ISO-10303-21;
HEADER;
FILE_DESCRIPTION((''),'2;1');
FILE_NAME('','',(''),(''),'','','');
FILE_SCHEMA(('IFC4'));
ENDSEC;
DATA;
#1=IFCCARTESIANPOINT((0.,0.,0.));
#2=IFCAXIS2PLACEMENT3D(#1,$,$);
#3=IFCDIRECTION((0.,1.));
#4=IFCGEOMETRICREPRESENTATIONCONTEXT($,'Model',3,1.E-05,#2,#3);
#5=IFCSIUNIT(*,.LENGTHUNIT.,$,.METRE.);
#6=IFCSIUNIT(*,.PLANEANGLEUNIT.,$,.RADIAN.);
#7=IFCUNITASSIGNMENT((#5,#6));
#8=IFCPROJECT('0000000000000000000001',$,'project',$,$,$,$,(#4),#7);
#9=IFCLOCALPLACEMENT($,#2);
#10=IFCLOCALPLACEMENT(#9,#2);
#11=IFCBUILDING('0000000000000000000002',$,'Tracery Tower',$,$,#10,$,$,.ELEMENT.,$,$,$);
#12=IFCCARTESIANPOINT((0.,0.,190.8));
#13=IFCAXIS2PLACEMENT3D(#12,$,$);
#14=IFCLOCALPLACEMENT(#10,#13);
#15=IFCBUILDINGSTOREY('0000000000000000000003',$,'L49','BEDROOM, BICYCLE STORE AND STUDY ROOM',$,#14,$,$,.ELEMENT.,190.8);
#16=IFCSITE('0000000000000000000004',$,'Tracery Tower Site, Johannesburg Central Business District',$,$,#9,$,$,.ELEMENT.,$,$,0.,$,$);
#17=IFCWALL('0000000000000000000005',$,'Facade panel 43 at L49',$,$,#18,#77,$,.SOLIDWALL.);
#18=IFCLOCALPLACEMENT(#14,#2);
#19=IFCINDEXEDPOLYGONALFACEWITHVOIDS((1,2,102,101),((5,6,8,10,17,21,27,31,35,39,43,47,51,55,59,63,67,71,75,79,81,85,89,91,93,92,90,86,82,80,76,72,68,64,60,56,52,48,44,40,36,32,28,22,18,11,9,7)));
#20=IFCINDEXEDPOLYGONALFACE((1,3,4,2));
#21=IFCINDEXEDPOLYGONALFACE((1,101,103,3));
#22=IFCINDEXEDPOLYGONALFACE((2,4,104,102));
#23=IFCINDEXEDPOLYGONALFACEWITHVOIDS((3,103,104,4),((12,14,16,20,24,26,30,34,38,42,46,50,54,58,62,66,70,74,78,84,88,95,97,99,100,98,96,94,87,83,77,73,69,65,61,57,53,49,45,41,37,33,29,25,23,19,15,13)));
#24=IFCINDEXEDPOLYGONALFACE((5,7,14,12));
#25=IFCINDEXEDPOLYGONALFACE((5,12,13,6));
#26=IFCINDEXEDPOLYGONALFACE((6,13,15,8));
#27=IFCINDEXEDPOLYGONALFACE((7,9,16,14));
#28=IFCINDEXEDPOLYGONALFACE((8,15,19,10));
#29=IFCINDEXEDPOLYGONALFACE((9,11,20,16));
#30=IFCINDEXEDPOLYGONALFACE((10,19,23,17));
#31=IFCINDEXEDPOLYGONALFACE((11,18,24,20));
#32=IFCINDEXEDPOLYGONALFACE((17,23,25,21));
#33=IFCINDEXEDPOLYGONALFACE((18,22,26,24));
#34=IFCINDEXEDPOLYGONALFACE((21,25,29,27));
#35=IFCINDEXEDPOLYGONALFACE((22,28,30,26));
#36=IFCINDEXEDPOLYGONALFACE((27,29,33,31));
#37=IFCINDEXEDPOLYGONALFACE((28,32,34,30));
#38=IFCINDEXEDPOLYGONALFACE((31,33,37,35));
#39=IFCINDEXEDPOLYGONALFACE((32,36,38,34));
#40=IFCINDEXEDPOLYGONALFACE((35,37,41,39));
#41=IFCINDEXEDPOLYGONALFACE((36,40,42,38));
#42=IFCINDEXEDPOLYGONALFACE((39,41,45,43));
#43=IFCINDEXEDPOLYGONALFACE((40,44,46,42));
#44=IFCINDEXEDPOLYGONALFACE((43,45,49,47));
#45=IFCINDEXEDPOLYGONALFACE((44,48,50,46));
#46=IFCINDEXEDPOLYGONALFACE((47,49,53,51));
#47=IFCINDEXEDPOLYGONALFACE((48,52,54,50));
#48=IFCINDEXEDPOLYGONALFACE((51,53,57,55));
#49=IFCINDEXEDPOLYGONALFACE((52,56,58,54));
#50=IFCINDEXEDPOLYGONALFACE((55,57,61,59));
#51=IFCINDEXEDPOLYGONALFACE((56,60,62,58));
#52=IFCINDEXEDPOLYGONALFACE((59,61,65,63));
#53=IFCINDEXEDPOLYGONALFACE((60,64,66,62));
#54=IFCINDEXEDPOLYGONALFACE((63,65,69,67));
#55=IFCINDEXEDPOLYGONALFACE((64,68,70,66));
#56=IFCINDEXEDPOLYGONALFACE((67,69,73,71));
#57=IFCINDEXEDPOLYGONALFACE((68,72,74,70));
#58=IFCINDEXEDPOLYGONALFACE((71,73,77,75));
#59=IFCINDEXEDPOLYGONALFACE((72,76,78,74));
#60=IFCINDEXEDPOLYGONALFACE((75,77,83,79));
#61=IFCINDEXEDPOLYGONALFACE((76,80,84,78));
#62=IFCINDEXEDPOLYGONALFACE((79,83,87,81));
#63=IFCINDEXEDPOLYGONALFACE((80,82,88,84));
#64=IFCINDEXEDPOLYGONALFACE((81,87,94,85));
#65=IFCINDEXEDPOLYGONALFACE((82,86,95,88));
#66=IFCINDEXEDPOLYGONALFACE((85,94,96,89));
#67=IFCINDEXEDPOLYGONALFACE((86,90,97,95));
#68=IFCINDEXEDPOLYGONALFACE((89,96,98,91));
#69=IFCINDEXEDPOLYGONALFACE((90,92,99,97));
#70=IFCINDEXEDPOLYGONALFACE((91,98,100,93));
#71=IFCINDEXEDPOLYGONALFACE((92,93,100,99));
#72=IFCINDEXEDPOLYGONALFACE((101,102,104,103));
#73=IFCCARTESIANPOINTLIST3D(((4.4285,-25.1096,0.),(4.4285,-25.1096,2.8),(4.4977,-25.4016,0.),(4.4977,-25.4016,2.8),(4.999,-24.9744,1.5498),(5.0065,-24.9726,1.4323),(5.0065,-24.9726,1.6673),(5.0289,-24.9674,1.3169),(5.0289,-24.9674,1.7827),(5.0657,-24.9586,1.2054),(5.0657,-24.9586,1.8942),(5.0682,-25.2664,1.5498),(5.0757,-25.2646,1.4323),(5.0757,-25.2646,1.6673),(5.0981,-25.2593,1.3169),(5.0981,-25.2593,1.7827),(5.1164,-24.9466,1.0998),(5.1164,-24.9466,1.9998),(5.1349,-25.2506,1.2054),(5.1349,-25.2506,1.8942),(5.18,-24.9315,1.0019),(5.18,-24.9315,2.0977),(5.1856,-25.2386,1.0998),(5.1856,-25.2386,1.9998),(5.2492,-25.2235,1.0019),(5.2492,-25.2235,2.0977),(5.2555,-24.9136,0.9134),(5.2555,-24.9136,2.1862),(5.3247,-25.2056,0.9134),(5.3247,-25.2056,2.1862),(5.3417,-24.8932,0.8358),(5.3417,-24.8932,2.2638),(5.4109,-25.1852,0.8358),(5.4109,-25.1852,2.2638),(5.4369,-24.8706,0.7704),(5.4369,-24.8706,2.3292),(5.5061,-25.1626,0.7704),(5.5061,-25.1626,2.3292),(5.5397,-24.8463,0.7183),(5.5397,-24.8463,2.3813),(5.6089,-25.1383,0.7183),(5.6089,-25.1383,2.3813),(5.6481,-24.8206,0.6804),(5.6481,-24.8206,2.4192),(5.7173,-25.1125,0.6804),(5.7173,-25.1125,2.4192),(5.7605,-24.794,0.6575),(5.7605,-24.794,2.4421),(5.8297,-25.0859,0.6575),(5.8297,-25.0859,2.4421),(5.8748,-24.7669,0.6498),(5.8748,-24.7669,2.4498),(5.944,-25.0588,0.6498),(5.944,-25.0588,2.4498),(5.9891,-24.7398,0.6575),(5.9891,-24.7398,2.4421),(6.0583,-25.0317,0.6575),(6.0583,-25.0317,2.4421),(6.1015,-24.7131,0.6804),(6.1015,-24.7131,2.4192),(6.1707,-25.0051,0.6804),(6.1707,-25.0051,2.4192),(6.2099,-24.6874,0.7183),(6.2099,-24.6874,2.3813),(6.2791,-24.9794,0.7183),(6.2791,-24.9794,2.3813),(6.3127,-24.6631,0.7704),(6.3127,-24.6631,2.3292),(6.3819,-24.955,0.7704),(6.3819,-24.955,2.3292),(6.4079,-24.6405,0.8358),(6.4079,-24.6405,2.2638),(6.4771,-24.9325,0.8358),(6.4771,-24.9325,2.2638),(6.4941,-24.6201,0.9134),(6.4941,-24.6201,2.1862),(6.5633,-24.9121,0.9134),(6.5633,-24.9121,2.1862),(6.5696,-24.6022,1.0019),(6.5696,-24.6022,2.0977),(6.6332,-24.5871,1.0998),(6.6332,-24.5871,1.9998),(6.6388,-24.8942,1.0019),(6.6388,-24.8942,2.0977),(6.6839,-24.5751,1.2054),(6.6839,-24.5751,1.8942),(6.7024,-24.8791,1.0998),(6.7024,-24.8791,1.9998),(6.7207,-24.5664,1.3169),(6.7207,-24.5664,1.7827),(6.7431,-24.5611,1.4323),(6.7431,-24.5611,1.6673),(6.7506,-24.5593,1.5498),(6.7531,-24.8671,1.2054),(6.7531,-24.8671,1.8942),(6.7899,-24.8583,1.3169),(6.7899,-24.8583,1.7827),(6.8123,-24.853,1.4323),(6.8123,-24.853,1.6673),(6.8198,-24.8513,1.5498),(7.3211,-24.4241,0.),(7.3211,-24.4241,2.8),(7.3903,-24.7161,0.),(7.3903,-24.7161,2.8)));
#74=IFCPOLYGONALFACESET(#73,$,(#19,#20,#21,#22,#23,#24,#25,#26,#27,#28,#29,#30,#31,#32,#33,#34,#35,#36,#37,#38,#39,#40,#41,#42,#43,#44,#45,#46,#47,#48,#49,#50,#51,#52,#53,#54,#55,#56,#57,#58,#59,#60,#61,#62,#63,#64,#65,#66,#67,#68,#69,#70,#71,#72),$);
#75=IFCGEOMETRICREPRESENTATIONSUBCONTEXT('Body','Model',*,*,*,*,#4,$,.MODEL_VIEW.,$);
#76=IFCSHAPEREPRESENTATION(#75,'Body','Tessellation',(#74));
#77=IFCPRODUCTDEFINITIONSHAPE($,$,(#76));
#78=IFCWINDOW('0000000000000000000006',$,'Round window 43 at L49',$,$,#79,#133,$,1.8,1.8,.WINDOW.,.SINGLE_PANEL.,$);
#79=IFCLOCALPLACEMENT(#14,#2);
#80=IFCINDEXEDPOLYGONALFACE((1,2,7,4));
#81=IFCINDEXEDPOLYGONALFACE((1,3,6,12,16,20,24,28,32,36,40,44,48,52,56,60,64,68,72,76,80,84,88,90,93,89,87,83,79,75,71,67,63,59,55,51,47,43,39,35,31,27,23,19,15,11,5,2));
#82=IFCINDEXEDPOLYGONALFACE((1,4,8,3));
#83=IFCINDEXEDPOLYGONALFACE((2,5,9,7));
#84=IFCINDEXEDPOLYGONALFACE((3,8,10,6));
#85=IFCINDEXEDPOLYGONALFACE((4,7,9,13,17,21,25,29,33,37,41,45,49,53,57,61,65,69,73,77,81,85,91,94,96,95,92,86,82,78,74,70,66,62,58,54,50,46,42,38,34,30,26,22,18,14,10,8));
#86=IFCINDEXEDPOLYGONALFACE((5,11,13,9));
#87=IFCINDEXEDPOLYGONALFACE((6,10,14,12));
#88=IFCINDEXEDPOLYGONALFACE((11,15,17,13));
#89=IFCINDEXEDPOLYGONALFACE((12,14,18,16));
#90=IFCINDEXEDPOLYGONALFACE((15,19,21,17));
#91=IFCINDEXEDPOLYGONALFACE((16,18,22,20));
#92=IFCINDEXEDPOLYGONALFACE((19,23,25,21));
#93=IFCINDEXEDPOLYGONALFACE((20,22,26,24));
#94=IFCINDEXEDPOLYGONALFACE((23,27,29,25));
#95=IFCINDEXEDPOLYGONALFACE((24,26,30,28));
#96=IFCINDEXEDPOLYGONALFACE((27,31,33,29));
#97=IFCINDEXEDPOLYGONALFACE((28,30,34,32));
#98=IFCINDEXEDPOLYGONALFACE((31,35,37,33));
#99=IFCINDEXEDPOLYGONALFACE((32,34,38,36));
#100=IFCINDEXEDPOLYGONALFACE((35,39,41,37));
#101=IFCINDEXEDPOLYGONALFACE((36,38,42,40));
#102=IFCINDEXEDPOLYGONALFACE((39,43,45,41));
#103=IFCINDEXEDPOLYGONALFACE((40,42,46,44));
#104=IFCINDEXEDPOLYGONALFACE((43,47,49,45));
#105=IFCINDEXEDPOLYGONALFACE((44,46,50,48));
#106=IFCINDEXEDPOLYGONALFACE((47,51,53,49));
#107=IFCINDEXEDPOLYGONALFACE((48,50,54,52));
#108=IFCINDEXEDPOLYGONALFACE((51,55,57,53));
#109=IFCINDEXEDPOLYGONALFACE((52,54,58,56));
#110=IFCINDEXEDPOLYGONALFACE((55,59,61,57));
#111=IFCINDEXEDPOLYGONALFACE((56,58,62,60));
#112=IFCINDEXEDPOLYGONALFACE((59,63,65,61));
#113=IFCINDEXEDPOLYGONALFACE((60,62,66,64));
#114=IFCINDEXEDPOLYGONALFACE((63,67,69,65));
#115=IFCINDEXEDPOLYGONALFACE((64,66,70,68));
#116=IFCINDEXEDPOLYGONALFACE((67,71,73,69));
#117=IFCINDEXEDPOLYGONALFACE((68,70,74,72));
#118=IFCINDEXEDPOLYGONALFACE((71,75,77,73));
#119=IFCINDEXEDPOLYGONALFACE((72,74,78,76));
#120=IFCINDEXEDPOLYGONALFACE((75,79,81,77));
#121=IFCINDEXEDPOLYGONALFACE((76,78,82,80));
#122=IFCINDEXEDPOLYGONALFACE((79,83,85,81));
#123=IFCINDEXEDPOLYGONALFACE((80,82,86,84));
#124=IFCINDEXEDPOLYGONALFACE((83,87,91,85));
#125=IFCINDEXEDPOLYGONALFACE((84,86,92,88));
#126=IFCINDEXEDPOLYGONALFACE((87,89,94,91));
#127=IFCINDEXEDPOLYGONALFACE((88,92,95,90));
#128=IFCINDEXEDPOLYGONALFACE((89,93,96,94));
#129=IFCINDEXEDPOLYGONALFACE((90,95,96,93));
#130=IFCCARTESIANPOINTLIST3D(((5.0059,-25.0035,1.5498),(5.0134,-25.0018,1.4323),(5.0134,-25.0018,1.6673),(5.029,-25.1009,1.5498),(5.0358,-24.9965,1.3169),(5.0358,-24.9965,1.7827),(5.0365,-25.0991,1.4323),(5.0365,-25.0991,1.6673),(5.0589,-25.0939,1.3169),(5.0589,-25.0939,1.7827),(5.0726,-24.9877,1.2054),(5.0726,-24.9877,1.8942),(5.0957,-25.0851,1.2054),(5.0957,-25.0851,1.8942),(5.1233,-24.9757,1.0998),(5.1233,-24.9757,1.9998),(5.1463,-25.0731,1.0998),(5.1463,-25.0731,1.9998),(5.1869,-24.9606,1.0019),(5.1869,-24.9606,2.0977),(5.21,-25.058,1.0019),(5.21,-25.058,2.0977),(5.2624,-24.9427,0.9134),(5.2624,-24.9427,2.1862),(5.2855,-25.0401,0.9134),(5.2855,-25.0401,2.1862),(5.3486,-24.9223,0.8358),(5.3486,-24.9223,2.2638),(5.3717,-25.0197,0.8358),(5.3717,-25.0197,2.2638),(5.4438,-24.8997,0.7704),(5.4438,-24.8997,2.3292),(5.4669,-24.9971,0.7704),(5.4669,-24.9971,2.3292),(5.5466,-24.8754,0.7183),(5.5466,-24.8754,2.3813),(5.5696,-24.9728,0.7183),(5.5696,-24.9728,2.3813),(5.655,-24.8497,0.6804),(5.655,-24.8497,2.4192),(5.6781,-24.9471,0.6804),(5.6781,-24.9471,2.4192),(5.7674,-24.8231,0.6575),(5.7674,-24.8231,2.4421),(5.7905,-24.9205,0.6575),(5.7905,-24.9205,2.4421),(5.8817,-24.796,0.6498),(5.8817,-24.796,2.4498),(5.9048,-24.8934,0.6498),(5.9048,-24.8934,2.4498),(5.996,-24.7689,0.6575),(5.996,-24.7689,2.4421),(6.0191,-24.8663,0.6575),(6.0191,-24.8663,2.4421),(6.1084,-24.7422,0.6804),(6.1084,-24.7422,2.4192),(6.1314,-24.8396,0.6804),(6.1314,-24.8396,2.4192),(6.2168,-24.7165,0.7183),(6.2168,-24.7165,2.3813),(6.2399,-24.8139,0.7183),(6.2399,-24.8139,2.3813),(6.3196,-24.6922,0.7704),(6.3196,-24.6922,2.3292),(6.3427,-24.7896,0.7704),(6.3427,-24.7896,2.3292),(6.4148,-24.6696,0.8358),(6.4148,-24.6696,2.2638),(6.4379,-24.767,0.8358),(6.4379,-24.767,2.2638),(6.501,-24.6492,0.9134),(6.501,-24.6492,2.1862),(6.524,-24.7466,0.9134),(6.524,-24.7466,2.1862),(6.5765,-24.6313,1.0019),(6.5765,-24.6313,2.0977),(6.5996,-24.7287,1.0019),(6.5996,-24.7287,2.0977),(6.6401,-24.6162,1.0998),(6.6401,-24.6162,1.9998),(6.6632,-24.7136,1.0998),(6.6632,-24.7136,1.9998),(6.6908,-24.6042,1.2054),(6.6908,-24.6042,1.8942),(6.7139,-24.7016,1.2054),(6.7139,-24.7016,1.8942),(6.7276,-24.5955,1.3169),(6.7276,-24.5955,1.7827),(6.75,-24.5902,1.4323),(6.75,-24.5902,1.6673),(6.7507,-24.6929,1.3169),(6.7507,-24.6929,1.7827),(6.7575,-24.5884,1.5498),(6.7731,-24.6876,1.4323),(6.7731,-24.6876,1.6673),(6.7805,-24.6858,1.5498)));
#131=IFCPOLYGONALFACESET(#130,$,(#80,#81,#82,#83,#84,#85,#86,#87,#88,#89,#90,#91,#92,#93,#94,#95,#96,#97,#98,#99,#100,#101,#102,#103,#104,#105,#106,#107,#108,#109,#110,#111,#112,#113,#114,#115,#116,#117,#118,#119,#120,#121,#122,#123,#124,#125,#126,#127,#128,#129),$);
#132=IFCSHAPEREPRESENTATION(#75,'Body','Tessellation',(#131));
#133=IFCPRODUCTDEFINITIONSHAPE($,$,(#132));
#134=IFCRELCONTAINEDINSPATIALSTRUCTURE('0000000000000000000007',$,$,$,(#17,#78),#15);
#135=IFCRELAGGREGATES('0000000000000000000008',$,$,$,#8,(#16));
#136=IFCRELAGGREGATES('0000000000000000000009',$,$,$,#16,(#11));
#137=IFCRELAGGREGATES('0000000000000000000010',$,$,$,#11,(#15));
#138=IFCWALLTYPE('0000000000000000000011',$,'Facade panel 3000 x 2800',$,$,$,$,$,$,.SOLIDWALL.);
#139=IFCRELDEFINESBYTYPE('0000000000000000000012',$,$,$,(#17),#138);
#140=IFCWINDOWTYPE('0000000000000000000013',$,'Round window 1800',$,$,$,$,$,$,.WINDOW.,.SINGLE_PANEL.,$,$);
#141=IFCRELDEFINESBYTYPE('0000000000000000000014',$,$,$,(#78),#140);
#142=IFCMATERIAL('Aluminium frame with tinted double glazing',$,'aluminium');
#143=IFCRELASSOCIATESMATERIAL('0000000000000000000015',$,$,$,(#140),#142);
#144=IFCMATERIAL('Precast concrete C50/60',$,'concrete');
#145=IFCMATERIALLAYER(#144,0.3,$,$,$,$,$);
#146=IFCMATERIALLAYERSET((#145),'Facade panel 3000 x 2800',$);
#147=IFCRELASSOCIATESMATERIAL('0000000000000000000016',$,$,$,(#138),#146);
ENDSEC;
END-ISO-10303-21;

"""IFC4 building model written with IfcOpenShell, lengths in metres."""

from ifc_helpers import new_model, si_unit, direction, frame, frame_2d, origin, origin_2d, place, context, subcontext, project, spatial, rectangle, circle, extrude, material, layer, layer_set, type_object, element, fill, save


model = new_model("IFC4")

# Units and contexts
model_context = context("Model", 3, precision=1e-05, world=origin(), true_north=direction((0.0, 1.0)))
body_context = subcontext(model_context, "Body", "Model", "MODEL_VIEW")
ifc_project = project(units=[si_unit("LENGTHUNIT", "METRE"), si_unit("PLANEANGLEUNIT", "RADIAN")], contexts=[model_context])

# Site, building, storey
site_placement = place(None, origin())
site = spatial("IfcSite", under=ifc_project, at=site_placement, Name="Tracery Tower Site, Johannesburg Central Business District", CompositionType="ELEMENT", RefElevation=0.0)
building_placement = place(site_placement, origin())
building = spatial("IfcBuilding", under=site, at=building_placement, Name="Tracery Tower", CompositionType="ELEMENT")
storey_placement = place(building_placement, frame((0.0, 0.0, 190.8)))
storey = spatial("IfcBuildingStorey", under=building, at=storey_placement, Name="L49", Description="BEDROOM, BICYCLE STORE AND STUDY ROOM", CompositionType="ELEMENT", Elevation=190.8)

# Wall, opening, window
ifc_material_1 = material(Name="Aluminium frame with tinted double glazing", Category="aluminium")
window_type = type_object("IfcWindowType", Name="Round window 1800", PartitioningType="SINGLE_PANEL", PredefinedType="WINDOW", material=ifc_material_1)
ifc_material_2 = material(Name="Precast concrete C50/60", Category="concrete")
ifc_layer_1 = layer(ifc_material_2, 0.3)
ifc_layer_set_1 = layer_set([ifc_layer_1], Name="Facade panel 3000 x 2800")
wall_type_1 = type_object("IfcWallType", Name="Facade panel 3000 x 2800", PredefinedType="SOLIDWALL", material=ifc_layer_set_1)
wall_1_placement = place(storey_placement, frame((4.4631, -25.2556, 0.0), z_axis=(0.0, 0.0, 1.0), x_axis=(0.973045, 0.230614, 0.0)))
wall_1 = element("IfcWall", 1, at=wall_1_placement, inside=storey, type_object=wall_type_1, Name="Facade panel 43 at L49", PredefinedType="SOLIDWALL", context=body_context, shape_type="SweptSolid", body=[
    extrude(rectangle(XDim=2.9727, YDim=0.3, at=frame_2d((1.4863, 0.0))), origin(), (0.0, 0.0, 1.0), 2.8),
])
opening_1_placement = place(wall_1_placement, frame((1.4863, 0.0, 1.5498)))
opening_1 = element("IfcOpeningElement", 2, at=opening_1_placement, cuts=wall_1, PredefinedType="OPENING", context=body_context, shape_type="SweptSolid", body=[
    extrude(circle(Radius=0.9, at=origin_2d()), frame((0.0, 0.1599, 0.0), z_axis=(0.0, -1.0, 0.0), x_axis=(1.0, 0.0, 0.0)), (0.0, 0.0, 1.0), 0.3201),
])
window_1_placement = place(opening_1_placement, origin())
window_1 = element("IfcWindow", 3, at=window_1_placement, inside=storey, type_object=window_type, Name="Round window 43 at L49", OverallHeight=1.8, OverallWidth=1.8, PartitioningType="SINGLE_PANEL", PredefinedType="WINDOW", context=body_context, shape_type="SweptSolid", body=[
    extrude(circle(Radius=0.9, at=origin_2d()), frame((0.0, 0.1201, 0.0), z_axis=(0.0, -1.0, 0.0), x_axis=(1.0, 0.0, 0.0)), (0.0, 0.0, 1.0), 0.1001),
])
fill(opening_1, window_1)

save(model, "model.ifc")
